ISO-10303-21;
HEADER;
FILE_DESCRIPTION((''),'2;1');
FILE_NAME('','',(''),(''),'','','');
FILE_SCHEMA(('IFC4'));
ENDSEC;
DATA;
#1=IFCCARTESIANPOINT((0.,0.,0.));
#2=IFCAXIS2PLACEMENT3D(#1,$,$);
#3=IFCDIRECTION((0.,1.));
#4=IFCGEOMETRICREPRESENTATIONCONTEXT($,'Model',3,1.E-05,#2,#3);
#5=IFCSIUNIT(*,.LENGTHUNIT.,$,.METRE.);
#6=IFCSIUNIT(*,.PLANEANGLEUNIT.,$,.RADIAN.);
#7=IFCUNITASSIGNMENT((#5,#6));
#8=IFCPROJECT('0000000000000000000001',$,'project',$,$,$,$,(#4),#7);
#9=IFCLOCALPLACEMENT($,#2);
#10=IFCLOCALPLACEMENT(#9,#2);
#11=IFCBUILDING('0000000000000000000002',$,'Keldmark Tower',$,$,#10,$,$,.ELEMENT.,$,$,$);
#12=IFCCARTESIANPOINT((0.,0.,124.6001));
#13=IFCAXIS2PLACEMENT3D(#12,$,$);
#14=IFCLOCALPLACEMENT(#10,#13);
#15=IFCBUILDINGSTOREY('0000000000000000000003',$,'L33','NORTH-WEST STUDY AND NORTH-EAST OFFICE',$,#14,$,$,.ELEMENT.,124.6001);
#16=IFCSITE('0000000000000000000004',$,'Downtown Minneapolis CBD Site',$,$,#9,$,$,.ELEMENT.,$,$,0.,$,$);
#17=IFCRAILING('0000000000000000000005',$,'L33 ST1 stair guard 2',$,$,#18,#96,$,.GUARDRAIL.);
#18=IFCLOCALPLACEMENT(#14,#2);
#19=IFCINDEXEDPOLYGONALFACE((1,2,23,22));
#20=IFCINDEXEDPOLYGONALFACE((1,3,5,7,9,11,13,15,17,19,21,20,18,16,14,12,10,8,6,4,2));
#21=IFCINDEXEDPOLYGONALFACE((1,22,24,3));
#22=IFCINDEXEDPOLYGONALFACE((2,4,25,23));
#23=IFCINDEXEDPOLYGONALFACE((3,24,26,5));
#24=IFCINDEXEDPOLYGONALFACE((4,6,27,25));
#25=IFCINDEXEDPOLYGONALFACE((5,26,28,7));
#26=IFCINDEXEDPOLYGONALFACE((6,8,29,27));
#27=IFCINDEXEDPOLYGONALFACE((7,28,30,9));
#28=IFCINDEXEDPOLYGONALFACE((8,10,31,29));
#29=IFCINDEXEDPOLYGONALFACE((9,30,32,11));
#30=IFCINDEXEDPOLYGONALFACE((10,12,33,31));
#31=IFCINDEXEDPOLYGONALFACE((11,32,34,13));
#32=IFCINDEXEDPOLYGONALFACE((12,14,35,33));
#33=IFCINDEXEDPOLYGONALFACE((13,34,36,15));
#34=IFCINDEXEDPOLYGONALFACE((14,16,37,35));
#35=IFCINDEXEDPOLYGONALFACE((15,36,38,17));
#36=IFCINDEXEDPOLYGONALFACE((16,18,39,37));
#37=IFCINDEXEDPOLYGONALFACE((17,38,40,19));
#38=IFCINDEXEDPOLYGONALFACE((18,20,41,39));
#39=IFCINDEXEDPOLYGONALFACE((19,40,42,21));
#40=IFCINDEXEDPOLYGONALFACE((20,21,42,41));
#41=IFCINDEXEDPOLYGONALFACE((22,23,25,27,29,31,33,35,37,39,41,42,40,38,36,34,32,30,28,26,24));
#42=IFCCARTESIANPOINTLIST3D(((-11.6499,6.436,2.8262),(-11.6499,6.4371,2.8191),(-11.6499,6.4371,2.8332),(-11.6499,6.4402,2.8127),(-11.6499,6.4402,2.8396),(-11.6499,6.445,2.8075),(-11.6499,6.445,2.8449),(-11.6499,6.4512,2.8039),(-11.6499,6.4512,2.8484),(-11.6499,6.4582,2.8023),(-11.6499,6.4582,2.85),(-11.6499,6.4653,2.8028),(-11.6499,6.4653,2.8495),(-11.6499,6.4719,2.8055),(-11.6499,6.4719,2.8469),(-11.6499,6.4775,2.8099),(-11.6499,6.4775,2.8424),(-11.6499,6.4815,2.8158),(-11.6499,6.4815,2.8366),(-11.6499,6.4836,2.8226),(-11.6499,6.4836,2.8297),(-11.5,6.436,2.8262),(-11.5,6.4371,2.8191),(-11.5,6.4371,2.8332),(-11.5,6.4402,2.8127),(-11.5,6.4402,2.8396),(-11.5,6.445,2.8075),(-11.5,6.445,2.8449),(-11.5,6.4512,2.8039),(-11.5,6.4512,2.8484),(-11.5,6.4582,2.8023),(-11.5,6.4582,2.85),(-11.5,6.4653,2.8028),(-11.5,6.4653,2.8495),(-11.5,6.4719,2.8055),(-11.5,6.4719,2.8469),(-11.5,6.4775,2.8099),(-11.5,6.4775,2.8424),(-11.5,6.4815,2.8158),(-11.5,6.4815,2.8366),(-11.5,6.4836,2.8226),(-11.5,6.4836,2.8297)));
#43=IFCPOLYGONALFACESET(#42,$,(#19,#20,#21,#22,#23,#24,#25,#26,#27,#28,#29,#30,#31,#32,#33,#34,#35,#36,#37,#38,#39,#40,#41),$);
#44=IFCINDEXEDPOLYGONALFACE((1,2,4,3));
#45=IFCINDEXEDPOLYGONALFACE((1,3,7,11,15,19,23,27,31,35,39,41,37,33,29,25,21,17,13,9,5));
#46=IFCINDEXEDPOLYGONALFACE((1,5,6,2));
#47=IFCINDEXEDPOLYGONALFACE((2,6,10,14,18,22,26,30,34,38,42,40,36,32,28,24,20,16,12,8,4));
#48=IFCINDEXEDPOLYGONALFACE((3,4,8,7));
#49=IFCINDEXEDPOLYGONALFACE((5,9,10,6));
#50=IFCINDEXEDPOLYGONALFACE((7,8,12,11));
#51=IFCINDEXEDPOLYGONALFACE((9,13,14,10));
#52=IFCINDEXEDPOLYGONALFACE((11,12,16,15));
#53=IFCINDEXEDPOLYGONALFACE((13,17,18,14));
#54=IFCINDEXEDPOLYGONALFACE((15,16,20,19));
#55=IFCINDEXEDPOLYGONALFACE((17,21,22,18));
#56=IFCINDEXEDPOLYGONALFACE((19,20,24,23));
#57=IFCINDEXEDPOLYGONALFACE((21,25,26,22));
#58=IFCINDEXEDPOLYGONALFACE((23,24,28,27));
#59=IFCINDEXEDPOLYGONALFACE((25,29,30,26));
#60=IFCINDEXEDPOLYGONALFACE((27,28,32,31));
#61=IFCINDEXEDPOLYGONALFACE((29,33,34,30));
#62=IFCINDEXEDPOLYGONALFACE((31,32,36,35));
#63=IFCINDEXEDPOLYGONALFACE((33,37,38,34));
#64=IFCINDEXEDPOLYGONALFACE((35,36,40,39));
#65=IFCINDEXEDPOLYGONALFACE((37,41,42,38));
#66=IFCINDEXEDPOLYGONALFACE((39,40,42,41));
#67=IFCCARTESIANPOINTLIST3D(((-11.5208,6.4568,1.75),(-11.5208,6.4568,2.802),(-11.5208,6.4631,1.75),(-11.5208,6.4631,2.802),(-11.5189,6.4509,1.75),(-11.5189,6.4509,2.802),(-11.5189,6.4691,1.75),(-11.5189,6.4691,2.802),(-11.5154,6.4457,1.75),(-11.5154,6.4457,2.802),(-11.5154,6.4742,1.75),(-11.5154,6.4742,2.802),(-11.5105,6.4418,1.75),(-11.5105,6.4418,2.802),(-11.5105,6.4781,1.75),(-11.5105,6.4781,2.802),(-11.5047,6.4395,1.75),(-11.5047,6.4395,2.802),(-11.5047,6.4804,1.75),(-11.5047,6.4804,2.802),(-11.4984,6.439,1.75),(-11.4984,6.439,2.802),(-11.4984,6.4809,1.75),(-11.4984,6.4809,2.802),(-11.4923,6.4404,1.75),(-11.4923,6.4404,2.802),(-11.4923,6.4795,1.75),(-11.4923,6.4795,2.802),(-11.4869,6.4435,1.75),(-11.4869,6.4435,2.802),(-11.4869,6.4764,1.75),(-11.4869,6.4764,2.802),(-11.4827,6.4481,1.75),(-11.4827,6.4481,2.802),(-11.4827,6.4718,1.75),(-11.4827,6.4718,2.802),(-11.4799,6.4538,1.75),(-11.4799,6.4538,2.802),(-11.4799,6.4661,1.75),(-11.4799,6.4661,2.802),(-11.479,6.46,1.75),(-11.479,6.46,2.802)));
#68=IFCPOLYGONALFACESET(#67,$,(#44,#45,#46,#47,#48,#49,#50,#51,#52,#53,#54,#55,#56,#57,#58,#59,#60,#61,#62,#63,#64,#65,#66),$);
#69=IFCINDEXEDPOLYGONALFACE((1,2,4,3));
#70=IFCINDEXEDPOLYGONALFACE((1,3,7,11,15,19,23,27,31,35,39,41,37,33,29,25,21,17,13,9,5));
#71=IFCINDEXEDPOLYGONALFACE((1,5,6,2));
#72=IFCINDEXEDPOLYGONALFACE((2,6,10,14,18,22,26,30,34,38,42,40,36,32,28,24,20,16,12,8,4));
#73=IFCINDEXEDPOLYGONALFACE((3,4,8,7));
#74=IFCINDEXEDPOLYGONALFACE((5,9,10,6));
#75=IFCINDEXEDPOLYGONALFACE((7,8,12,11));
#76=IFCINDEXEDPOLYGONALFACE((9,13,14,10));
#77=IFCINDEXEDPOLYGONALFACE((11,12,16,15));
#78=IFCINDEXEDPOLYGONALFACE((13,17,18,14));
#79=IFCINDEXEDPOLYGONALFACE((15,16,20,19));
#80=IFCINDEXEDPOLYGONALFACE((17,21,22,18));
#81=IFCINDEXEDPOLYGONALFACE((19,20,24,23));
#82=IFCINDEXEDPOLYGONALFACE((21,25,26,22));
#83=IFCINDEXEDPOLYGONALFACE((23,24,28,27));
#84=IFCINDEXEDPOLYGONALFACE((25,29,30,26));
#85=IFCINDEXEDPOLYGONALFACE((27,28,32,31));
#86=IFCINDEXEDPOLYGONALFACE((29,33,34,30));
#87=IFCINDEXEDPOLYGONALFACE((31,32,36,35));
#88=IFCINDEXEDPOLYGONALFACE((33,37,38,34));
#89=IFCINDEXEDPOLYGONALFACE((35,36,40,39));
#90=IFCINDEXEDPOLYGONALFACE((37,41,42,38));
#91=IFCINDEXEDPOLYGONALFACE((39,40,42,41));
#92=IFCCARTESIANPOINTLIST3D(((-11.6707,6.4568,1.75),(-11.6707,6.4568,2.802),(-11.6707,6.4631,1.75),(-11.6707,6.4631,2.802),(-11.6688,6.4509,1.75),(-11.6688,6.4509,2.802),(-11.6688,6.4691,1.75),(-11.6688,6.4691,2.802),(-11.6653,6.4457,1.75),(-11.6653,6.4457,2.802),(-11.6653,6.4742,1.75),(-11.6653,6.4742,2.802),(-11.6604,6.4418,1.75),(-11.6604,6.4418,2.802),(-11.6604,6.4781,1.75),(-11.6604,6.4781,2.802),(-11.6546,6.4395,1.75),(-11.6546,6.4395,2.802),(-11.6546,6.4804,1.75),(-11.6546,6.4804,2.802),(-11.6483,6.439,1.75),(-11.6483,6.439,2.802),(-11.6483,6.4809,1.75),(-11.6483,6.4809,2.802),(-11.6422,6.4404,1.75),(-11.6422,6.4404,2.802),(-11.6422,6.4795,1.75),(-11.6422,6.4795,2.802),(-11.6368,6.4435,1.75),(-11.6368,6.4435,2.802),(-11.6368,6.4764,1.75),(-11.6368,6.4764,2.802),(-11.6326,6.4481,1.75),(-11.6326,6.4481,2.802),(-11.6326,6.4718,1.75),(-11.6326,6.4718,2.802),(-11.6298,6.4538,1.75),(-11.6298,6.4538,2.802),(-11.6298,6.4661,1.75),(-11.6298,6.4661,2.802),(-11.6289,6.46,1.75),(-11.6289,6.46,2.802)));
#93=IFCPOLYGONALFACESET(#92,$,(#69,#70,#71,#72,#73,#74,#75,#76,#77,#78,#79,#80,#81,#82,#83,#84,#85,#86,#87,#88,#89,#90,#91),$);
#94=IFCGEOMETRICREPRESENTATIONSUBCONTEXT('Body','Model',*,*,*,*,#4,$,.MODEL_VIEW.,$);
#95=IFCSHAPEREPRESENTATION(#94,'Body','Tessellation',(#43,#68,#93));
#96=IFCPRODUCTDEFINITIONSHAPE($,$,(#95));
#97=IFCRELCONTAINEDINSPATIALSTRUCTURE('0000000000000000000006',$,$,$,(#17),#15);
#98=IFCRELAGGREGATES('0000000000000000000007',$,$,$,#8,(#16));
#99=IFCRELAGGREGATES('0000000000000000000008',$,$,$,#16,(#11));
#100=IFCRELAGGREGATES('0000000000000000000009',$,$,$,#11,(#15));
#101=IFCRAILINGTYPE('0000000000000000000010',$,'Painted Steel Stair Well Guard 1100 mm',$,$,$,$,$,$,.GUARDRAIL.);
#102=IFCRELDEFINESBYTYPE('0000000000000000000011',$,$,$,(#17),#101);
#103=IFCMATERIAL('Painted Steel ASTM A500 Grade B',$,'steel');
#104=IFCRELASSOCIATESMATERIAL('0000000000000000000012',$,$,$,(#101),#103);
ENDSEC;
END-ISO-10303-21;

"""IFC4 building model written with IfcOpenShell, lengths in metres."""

from ifc_helpers import new_model, si_unit, direction, frame, origin, origin_2d, place, context, subcontext, project, spatial, circle, extrude, material, type_object, element, save


model = new_model("IFC4")

# Units and contexts
model_context = context("Model", 3, precision=1e-05, world=origin(), true_north=direction((0.0, 1.0)))
body_context = subcontext(model_context, "Body", "Model", "MODEL_VIEW")
ifc_project = project(units=[si_unit("LENGTHUNIT", "METRE"), si_unit("PLANEANGLEUNIT", "RADIAN")], contexts=[model_context])

# Site, building, storey
site_placement = place(None, origin())
site = spatial("IfcSite", under=ifc_project, at=site_placement, Name="Downtown Minneapolis CBD Site", CompositionType="ELEMENT", RefElevation=0.0)
building_placement = place(site_placement, origin())
building = spatial("IfcBuilding", under=site, at=building_placement, Name="Keldmark Tower", CompositionType="ELEMENT")
storey_placement = place(building_placement, frame((0.0, 0.0, 124.6001)))
storey = spatial("IfcBuildingStorey", under=building, at=storey_placement, Name="L33", Description="NORTH-WEST STUDY AND NORTH-EAST OFFICE", CompositionType="ELEMENT", Elevation=124.6001)

# Railing
ifc_material_1 = material(Name="Painted Steel ASTM A500 Grade B", Category="steel")
railing_type_1 = type_object("IfcRailingType", Name="Painted Steel Stair Well Guard 1100 mm", PredefinedType="GUARDRAIL", material=ifc_material_1)
railing_1_placement = place(storey_placement, frame((-11.5, 6.46, 1.75)))
element("IfcRailing", 1, at=railing_1_placement, inside=storey, type_object=railing_type_1, Name="L33 ST1 stair guard 2", PredefinedType="GUARDRAIL", context=body_context, shape_type="SweptSolid", body=[
    extrude(circle(Radius=0.0239, at=origin_2d()), frame((0.0, 0.0, 1.0762), z_axis=(-1.0, 0.0, 0.0), x_axis=(0.0, -1.0, 0.0)), (0.0, 0.0, 1.0), 0.1499),
    extrude(circle(Radius=0.021, at=origin_2d()), origin(), (0.0, 0.0, 1.0), 1.052),
    extrude(circle(Radius=0.021, at=origin_2d()), frame((-0.1499, 0.0, 0.0)), (0.0, 0.0, 1.0), 1.052),
])

save(model, "model.ifc")
